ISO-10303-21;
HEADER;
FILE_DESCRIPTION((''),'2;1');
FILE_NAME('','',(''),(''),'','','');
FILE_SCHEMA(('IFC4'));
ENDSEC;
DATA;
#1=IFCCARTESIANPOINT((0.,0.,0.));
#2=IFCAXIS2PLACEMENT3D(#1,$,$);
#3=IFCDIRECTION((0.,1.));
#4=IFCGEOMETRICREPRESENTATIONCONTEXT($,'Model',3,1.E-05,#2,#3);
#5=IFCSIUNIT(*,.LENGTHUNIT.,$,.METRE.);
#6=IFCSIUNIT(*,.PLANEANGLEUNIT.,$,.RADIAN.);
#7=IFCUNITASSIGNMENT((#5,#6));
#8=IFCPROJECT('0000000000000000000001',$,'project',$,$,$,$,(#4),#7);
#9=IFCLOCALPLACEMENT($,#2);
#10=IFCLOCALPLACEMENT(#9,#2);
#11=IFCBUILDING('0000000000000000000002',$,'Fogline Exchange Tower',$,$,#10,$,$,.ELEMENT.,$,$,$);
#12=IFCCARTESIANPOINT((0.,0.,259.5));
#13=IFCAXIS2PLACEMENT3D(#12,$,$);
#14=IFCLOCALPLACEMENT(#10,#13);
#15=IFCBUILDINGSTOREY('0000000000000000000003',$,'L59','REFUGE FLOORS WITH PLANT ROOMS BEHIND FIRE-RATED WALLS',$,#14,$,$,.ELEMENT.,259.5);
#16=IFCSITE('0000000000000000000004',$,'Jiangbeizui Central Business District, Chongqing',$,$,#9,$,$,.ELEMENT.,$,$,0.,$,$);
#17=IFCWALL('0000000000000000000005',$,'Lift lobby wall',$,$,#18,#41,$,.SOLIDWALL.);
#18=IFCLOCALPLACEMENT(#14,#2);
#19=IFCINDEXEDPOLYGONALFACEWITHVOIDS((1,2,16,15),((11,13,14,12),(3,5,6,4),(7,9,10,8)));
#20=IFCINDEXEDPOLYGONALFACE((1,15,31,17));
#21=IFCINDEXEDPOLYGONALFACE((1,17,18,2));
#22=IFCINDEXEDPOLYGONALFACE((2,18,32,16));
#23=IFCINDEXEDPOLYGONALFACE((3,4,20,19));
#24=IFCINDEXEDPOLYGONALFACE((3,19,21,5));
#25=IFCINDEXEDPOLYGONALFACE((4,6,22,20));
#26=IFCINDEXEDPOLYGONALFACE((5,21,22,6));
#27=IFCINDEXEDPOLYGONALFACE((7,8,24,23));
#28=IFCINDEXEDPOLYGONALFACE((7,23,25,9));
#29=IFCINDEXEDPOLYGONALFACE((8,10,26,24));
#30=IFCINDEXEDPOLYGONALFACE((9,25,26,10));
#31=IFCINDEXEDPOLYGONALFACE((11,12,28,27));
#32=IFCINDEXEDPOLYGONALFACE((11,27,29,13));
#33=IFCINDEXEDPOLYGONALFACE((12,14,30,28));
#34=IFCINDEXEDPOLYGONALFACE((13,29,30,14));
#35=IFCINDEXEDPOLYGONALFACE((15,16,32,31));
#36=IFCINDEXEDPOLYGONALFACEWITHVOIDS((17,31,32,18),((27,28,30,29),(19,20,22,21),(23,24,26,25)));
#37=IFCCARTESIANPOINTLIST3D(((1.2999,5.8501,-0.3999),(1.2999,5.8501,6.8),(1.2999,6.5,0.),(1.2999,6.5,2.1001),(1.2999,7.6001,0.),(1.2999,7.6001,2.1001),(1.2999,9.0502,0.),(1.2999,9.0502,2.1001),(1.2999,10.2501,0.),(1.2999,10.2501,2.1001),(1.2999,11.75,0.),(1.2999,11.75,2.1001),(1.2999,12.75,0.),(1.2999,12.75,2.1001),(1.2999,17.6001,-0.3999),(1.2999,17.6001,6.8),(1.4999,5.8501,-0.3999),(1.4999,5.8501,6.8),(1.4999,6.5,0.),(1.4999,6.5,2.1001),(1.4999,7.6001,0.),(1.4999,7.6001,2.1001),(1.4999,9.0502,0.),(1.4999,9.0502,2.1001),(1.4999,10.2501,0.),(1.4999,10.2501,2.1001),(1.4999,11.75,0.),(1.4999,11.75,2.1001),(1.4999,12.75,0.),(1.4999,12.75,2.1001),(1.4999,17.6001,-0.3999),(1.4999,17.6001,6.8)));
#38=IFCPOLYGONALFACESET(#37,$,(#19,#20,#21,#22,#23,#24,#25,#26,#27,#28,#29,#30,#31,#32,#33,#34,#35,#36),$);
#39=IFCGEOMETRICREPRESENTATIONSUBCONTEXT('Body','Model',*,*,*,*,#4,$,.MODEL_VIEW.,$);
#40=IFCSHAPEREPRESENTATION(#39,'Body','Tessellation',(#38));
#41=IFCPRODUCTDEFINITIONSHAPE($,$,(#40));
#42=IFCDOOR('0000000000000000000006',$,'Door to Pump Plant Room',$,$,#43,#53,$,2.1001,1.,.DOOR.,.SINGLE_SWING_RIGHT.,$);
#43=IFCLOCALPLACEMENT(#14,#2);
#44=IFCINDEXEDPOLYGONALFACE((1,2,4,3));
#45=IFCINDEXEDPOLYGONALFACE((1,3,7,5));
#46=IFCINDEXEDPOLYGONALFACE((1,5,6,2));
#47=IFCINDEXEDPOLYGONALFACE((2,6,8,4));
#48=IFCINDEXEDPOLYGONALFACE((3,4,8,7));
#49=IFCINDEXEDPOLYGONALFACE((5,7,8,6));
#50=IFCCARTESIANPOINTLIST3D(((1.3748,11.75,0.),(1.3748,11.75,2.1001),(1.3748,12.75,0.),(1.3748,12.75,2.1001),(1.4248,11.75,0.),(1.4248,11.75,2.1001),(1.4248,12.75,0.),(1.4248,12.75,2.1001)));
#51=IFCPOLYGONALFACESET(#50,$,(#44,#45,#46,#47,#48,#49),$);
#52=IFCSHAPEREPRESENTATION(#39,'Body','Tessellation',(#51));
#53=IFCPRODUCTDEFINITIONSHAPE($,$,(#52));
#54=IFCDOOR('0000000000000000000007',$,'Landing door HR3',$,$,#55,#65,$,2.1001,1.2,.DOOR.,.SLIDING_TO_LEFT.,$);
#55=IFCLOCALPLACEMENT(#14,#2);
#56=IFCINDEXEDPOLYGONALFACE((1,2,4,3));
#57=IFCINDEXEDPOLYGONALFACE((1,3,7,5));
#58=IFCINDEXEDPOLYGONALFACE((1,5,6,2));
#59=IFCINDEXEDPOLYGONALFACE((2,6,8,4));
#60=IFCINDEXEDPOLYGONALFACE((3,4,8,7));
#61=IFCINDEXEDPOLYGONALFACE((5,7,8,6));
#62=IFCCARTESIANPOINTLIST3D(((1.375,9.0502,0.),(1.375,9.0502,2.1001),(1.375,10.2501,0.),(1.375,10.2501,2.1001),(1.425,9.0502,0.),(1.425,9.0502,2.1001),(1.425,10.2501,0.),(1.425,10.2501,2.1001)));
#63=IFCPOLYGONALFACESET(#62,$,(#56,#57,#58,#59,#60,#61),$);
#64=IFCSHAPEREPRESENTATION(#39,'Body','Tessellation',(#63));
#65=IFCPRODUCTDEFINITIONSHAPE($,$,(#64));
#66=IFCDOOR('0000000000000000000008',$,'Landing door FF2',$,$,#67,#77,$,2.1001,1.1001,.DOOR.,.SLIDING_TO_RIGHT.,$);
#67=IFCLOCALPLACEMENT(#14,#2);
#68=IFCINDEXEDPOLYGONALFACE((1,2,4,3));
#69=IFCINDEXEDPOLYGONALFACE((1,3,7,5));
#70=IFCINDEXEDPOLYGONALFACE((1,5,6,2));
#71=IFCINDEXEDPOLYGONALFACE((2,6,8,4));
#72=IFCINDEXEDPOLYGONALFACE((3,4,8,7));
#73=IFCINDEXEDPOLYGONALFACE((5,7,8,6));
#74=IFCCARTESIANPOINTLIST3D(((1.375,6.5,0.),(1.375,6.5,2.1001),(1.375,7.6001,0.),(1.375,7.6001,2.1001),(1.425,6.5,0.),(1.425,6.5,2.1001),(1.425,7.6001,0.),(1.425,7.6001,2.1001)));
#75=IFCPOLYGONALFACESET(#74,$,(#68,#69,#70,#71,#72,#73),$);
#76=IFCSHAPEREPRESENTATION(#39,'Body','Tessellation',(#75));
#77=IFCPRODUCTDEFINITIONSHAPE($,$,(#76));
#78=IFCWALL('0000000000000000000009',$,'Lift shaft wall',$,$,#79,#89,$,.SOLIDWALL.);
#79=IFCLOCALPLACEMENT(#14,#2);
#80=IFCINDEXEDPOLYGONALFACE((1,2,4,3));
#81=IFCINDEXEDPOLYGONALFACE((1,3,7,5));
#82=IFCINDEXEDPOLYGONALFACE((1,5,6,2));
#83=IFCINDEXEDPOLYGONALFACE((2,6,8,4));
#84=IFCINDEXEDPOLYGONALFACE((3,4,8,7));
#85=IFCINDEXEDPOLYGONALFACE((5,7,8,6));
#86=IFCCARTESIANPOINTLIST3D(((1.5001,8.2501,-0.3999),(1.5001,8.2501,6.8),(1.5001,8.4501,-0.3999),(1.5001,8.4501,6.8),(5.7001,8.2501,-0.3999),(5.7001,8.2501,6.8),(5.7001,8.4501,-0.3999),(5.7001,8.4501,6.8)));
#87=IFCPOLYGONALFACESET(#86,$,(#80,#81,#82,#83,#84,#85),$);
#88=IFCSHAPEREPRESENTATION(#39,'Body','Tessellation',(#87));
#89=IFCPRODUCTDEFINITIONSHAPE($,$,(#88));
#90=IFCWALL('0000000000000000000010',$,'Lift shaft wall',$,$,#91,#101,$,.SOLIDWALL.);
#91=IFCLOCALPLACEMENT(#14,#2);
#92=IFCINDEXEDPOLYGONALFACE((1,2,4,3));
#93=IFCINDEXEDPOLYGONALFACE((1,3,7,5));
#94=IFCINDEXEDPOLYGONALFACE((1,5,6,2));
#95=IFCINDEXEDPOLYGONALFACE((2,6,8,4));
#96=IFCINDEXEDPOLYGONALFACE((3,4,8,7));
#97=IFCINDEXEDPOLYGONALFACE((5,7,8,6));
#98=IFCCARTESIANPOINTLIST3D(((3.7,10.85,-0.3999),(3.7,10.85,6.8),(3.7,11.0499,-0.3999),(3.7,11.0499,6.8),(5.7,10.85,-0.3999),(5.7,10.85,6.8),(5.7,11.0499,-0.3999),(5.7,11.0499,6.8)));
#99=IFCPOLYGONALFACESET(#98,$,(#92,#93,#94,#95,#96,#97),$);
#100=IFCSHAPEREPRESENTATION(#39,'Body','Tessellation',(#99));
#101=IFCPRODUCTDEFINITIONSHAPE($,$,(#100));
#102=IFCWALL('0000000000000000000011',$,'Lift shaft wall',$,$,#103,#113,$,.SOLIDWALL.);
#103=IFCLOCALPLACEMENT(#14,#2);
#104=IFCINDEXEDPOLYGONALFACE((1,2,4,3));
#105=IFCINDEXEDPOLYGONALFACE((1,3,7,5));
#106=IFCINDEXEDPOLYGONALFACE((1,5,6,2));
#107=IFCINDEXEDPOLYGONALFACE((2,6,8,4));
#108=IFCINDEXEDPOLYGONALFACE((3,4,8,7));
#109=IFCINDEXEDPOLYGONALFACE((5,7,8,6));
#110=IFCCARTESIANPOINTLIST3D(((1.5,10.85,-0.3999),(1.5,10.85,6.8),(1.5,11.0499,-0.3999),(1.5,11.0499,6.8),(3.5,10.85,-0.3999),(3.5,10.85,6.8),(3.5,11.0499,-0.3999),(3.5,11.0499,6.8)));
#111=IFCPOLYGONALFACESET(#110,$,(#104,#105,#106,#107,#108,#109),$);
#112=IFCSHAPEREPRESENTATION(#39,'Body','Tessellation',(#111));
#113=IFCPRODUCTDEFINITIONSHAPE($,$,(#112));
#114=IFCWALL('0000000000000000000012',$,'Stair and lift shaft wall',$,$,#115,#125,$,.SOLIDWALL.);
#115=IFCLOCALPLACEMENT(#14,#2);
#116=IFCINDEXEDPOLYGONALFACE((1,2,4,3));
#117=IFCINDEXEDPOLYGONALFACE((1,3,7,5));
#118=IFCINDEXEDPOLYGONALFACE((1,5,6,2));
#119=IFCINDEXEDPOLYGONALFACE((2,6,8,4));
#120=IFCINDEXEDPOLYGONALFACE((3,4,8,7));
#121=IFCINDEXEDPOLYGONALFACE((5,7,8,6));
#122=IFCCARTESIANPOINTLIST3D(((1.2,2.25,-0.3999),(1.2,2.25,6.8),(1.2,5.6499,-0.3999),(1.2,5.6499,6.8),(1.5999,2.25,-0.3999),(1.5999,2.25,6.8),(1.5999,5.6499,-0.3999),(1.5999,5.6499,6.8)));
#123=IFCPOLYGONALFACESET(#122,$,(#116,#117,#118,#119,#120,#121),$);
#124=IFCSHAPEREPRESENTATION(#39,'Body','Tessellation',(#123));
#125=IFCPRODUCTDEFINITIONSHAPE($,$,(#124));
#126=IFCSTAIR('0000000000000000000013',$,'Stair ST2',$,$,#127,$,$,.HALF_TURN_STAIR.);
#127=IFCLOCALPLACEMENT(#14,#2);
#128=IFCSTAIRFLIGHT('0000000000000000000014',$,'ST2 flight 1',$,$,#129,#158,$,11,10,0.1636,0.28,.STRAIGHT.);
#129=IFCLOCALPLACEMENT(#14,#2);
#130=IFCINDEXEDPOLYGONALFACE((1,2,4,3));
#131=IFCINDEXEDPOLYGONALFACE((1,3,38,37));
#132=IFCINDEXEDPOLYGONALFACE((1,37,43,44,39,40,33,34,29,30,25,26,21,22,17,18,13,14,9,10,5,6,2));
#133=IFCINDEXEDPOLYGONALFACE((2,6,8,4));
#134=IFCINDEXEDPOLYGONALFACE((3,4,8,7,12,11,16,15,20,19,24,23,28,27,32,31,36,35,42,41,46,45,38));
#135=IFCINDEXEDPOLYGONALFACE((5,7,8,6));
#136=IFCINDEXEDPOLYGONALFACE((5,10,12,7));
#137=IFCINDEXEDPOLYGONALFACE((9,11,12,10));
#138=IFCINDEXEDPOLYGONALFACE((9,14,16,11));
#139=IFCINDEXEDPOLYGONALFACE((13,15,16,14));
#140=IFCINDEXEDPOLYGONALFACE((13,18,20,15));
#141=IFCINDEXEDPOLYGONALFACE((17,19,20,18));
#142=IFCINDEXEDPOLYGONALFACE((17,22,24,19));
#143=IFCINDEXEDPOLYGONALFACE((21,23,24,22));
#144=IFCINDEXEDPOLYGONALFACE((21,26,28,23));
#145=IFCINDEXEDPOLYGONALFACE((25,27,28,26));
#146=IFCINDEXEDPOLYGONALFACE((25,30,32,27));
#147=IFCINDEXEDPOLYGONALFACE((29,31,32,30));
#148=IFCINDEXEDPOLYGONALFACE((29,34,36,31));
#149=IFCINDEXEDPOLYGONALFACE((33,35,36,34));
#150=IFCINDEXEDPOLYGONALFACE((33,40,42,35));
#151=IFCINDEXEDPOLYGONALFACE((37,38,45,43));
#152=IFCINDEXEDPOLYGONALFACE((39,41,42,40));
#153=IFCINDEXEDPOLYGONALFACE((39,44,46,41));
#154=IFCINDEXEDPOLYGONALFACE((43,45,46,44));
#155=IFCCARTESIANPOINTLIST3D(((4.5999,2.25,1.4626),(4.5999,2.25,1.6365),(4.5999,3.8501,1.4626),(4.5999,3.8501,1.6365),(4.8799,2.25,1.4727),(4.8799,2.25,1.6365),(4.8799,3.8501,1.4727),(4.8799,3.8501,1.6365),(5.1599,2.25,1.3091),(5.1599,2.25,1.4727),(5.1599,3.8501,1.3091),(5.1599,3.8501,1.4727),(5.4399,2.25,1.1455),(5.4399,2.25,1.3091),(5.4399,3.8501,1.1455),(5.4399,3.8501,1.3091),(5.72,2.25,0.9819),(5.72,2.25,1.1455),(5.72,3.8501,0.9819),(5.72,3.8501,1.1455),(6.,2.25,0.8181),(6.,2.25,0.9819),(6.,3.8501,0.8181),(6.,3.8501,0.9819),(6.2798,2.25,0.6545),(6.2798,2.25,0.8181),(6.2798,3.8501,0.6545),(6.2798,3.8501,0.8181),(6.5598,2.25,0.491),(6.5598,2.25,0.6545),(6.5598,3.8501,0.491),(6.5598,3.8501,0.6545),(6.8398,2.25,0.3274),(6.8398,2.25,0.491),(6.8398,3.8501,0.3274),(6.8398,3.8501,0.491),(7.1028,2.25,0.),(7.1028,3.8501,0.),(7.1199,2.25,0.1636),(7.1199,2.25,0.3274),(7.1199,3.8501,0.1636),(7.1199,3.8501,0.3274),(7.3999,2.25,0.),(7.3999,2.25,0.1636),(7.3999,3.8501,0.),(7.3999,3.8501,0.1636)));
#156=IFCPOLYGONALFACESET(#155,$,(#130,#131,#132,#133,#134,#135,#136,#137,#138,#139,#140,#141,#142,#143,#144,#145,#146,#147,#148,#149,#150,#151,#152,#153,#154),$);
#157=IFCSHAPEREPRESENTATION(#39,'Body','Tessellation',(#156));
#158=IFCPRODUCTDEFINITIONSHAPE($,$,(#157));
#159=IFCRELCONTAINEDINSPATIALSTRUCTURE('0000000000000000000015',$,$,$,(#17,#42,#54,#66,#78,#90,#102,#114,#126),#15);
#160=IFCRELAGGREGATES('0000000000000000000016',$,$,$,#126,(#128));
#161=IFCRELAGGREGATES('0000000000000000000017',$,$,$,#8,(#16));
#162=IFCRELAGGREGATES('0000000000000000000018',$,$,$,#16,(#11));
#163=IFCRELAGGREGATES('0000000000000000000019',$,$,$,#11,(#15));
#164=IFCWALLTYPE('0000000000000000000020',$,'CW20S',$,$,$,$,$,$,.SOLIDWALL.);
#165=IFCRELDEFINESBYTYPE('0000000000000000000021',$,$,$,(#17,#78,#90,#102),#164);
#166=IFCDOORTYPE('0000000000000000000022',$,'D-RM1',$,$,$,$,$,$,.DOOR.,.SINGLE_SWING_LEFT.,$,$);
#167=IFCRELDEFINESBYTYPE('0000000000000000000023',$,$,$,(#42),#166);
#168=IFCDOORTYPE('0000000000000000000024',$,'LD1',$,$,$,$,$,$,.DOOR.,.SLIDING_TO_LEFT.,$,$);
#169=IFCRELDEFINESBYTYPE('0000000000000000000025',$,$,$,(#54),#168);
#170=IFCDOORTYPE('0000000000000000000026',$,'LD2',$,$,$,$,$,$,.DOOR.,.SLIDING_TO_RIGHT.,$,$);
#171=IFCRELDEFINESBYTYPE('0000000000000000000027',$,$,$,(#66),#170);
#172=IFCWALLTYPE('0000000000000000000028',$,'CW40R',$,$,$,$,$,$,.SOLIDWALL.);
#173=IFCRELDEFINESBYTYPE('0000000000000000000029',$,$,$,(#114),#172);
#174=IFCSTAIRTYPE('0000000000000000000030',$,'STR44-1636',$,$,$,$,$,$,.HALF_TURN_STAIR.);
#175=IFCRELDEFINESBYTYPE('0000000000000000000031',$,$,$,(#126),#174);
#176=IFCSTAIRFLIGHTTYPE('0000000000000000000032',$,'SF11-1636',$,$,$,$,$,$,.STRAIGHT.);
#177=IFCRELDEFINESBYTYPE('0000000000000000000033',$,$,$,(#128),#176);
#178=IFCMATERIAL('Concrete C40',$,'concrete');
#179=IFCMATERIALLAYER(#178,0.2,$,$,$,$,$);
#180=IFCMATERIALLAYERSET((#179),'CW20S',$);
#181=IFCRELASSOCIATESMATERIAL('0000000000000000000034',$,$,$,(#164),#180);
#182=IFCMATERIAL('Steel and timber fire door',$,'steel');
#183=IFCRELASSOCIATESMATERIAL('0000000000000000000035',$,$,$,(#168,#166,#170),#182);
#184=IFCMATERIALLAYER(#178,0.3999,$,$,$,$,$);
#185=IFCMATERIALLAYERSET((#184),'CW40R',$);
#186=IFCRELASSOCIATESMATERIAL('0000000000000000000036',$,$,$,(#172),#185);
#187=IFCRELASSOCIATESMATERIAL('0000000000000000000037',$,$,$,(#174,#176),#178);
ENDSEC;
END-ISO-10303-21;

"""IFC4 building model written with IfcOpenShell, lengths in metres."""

from ifc_helpers import new_model, si_unit, direction, frame, frame_2d, origin, place, context, subcontext, project, spatial, polyline, rectangle, outline, extrude, material, layer, layer_set, type_object, element, fill, aggregate, save


model = new_model("IFC4")

# Units and contexts
model_context = context("Model", 3, precision=1e-05, world=origin(), true_north=direction((0.0, 1.0)))
body_context = subcontext(model_context, "Body", "Model", "MODEL_VIEW")
ifc_project = project(units=[si_unit("LENGTHUNIT", "METRE"), si_unit("PLANEANGLEUNIT", "RADIAN")], contexts=[model_context])

# Site, building, storey
site_placement = place(None, origin())
site = spatial("IfcSite", under=ifc_project, at=site_placement, Name="Jiangbeizui Central Business District, Chongqing", CompositionType="ELEMENT", RefElevation=0.0)
building_placement = place(site_placement, origin())
building = spatial("IfcBuilding", under=site, at=building_placement, Name="Fogline Exchange Tower", CompositionType="ELEMENT")
storey_placement = place(building_placement, frame((0.0, 0.0, 259.5)))
storey = spatial("IfcBuildingStorey", under=building, at=storey_placement, Name="L59", Description="REFUGE FLOORS WITH PLANT ROOMS BEHIND FIRE-RATED WALLS", CompositionType="ELEMENT", Elevation=259.5)

# Shared definitions
ifc_material_1 = material(Name="Concrete C40", Category="concrete")
ifc_material_2 = material(Name="Steel and timber fire door", Category="steel")

# Shared definitions
ifc_layer_1 = layer(ifc_material_1, 0.2)
ifc_layer_set_1 = layer_set([ifc_layer_1], Name="CW20S")
wall_type_1 = type_object("IfcWallType", Name="CW20S", PredefinedType="SOLIDWALL", material=ifc_layer_set_1)
door_type_1 = type_object("IfcDoorType", Name="LD1", OperationType="SLIDING_TO_LEFT", PredefinedType="DOOR", material=ifc_material_2)

# Wall, openings, doors
wall_1_placement = place(storey_placement, frame((1.3999, 5.8501, -0.3999), z_axis=(0.0, 0.0, 1.0), x_axis=(0.0, 1.0, 0.0)))
wall_1 = element("IfcWall", 1, at=wall_1_placement, inside=storey, type_object=wall_type_1, Name="Lift lobby wall", PredefinedType="SOLIDWALL", context=body_context, shape_type="SweptSolid", body=[
    extrude(rectangle(XDim=11.75, YDim=0.2, at=frame_2d((5.875, 0.0))), origin(), (0.0, 0.0, 1.0), 7.2),
])
opening_1_placement = place(wall_1_placement, frame((3.2, 0.0, 0.3999)))
opening_1 = element("IfcOpeningElement", 2, at=opening_1_placement, cuts=wall_1, PredefinedType="OPENING", context=body_context, shape_type="SweptSolid", body=[
    extrude(rectangle(XDim=1.2, YDim=2.1001, at=frame_2d((0.6001, 1.05))), frame((0.0, 0.1099, 0.0), z_axis=(0.0, -1.0, 0.0), x_axis=(1.0, 0.0, 0.0)), (0.0, 0.0, 1.0), 0.22),
])
opening_2_placement = place(wall_1_placement, frame((0.6499, 0.0, 0.3999)))
opening_2 = element("IfcOpeningElement", 3, at=opening_2_placement, cuts=wall_1, PredefinedType="OPENING", context=body_context, shape_type="SweptSolid", body=[
    extrude(rectangle(XDim=1.1001, YDim=2.1001, at=frame_2d((0.55, 1.05))), frame((0.0, 0.1099, 0.0), z_axis=(0.0, -1.0, 0.0), x_axis=(1.0, 0.0, 0.0)), (0.0, 0.0, 1.0), 0.22),
])
opening_3_placement = place(wall_1_placement, frame((5.8999, 0.0, 0.3999)))
opening_3 = element("IfcOpeningElement", 4, at=opening_3_placement, cuts=wall_1, PredefinedType="OPENING", context=body_context, shape_type="SweptSolid", body=[
    extrude(rectangle(XDim=1.0, YDim=2.1001, at=frame_2d((0.5, 1.05))), frame((0.0, 0.1099, 0.0), z_axis=(0.0, -1.0, 0.0), x_axis=(1.0, 0.0, 0.0)), (0.0, 0.0, 1.0), 0.22),
])
door_type_2 = type_object("IfcDoorType", Name="D-RM1", OperationType="SINGLE_SWING_LEFT", PredefinedType="DOOR", material=ifc_material_2)
door_1_placement = place(opening_3_placement, frame((1.0, 0.0, 0.0), z_axis=(0.0, 0.0, 1.0), x_axis=(-1.0, 0.0, 0.0)))
door_1 = element("IfcDoor", 5, at=door_1_placement, inside=storey, type_object=door_type_2, Name="Door to Pump Plant Room", OperationType="SINGLE_SWING_RIGHT", OverallHeight=2.1001, OverallWidth=1.0, PredefinedType="DOOR", context=body_context, shape_type="SweptSolid", body=[
    extrude(rectangle(XDim=1.0, YDim=2.1001, at=frame_2d((0.5, 1.05))), frame((0.0, 0.0249, 0.0), z_axis=(0.0, -1.0, 0.0), x_axis=(1.0, 0.0, 0.0)), (0.0, 0.0, 1.0), 0.05),
])
fill(opening_3, door_1)
door_2_placement = place(opening_1_placement, origin())
door_2 = element("IfcDoor", 6, at=door_2_placement, inside=storey, type_object=door_type_1, Name="Landing door HR3", OperationType="SLIDING_TO_LEFT", OverallHeight=2.1001, OverallWidth=1.2, PredefinedType="DOOR", context=body_context, shape_type="SweptSolid", body=[
    extrude(rectangle(XDim=1.2, YDim=2.1001, at=frame_2d((0.6001, 1.05))), frame((0.0, 0.0249, 0.0), z_axis=(0.0, -1.0, 0.0), x_axis=(1.0, 0.0, 0.0)), (0.0, 0.0, 1.0), 0.05),
])
fill(opening_1, door_2)
door_type_3 = type_object("IfcDoorType", Name="LD2", OperationType="SLIDING_TO_RIGHT", PredefinedType="DOOR", material=ifc_material_2)
door_3_placement = place(opening_2_placement, origin())
door_3 = element("IfcDoor", 7, at=door_3_placement, inside=storey, type_object=door_type_3, Name="Landing door FF2", OperationType="SLIDING_TO_RIGHT", OverallHeight=2.1001, OverallWidth=1.1001, PredefinedType="DOOR", context=body_context, shape_type="SweptSolid", body=[
    extrude(rectangle(XDim=1.1001, YDim=2.1001, at=frame_2d((0.55, 1.05))), frame((0.0, 0.0249, 0.0), z_axis=(0.0, -1.0, 0.0), x_axis=(1.0, 0.0, 0.0)), (0.0, 0.0, 1.0), 0.05),
])
fill(opening_2, door_3)

# Walls
wall_2_placement = place(storey_placement, frame((1.5, 8.3501, -0.3999), z_axis=(0.0, 0.0, 1.0), x_axis=(1.0, 0.0, 0.0)))
element("IfcWall", 8, at=wall_2_placement, inside=storey, type_object=wall_type_1, Name="Lift shaft wall", PredefinedType="SOLIDWALL", context=body_context, shape_type="SweptSolid", body=[
    extrude(rectangle(XDim=4.2, YDim=0.2, at=frame_2d((2.1001, 0.0))), origin(), (0.0, 0.0, 1.0), 7.2),
])
for number, where, z_axis, x_axis, name in (
    (9, (3.7, 10.95, -0.3999), (0.0, 0.0, 1.0), (1.0, 0.0, 0.0), "Lift shaft wall"),
    (10, (1.5, 10.95, -0.3999), (0.0, 0.0, 1.0), (1.0, 0.0, 0.0), "Lift shaft wall"),
):
    element("IfcWall", number, at=place(storey_placement, frame(where, z_axis=z_axis, x_axis=x_axis)), inside=storey, type_object=wall_type_1, Name=name, PredefinedType="SOLIDWALL", context=body_context, shape_type="SweptSolid", body=[
        extrude(rectangle(XDim=2.0, YDim=0.2, at=frame_2d((1.0, 0.0))), origin(), (0.0, 0.0, 1.0), 7.2),
    ])
ifc_layer_2 = layer(ifc_material_1, 0.3999)
ifc_layer_set_2 = layer_set([ifc_layer_2], Name="CW40R")
wall_type_2 = type_object("IfcWallType", Name="CW40R", PredefinedType="SOLIDWALL", material=ifc_layer_set_2)
wall_3_placement = place(storey_placement, frame((1.3999, 2.25, -0.3999), z_axis=(0.0, 0.0, 1.0), x_axis=(0.0, 1.0, 0.0)))
element("IfcWall", 11, at=wall_3_placement, inside=storey, type_object=wall_type_2, Name="Stair and lift shaft wall", PredefinedType="SOLIDWALL", context=body_context, shape_type="SweptSolid", body=[
    extrude(rectangle(XDim=3.3999, YDim=0.3999, at=frame_2d((1.7, 0.0))), origin(), (0.0, 0.0, 1.0), 7.2),
])

# Stair, stair flight
stair_type = type_object("IfcStairType", Name="STR44-1636", PredefinedType="HALF_TURN_STAIR", material=ifc_material_1)
stair_placement = place(storey_placement, origin())
stair = element("IfcStair", 12, at=stair_placement, inside=storey, type_object=stair_type, Name="Stair ST2", PredefinedType="HALF_TURN_STAIR")
stair_flight_type = type_object("IfcStairFlightType", Name="SF11-1636", PredefinedType="STRAIGHT", material=ifc_material_1)
stair_flight_1_placement = place(storey_placement, frame((7.3999, 3.05, 0.0), z_axis=(0.0, 0.0, 1.0), x_axis=(-1.0, 0.0, 0.0)))
stair_flight_1 = element("IfcStairFlight", 13, at=stair_flight_1_placement, type_object=stair_flight_type, Name="ST2 flight 1", NumberOfRisers=11, NumberOfTreads=10, PredefinedType="STRAIGHT", RiserHeight=0.1636, TreadLength=0.28, context=body_context, shape_type="SweptSolid", body=[
    extrude(outline(polyline([(0.0, 0.0), (0.0, 0.1636), (0.28, 0.1636), (0.28, 0.3274), (0.5601, 0.3274), (0.5601, 0.491), (0.8401, 0.491), (0.8401, 0.6545), (1.1201, 0.6545), (1.1201, 0.8181), (1.3999, 0.8181), (1.3999, 0.9819), (1.6799, 0.9819), (1.6799, 1.1455), (1.96, 1.1455), (1.96, 1.3091), (2.24, 1.3091), (2.24, 1.4727), (2.52, 1.4727), (2.52, 1.6365), (2.8, 1.6365), (2.8, 1.8), (2.8, 1.4626), (0.2971, 0.0), (0.0, 0.0)])), frame((0.0, 0.8, 0.0), z_axis=(0.0, -1.0, 0.0), x_axis=(1.0, 0.0, 0.0)), (0.0, 0.0, 1.0), 1.6001),
])
aggregate(stair, [stair_flight_1])

save(model, "model.ifc")
